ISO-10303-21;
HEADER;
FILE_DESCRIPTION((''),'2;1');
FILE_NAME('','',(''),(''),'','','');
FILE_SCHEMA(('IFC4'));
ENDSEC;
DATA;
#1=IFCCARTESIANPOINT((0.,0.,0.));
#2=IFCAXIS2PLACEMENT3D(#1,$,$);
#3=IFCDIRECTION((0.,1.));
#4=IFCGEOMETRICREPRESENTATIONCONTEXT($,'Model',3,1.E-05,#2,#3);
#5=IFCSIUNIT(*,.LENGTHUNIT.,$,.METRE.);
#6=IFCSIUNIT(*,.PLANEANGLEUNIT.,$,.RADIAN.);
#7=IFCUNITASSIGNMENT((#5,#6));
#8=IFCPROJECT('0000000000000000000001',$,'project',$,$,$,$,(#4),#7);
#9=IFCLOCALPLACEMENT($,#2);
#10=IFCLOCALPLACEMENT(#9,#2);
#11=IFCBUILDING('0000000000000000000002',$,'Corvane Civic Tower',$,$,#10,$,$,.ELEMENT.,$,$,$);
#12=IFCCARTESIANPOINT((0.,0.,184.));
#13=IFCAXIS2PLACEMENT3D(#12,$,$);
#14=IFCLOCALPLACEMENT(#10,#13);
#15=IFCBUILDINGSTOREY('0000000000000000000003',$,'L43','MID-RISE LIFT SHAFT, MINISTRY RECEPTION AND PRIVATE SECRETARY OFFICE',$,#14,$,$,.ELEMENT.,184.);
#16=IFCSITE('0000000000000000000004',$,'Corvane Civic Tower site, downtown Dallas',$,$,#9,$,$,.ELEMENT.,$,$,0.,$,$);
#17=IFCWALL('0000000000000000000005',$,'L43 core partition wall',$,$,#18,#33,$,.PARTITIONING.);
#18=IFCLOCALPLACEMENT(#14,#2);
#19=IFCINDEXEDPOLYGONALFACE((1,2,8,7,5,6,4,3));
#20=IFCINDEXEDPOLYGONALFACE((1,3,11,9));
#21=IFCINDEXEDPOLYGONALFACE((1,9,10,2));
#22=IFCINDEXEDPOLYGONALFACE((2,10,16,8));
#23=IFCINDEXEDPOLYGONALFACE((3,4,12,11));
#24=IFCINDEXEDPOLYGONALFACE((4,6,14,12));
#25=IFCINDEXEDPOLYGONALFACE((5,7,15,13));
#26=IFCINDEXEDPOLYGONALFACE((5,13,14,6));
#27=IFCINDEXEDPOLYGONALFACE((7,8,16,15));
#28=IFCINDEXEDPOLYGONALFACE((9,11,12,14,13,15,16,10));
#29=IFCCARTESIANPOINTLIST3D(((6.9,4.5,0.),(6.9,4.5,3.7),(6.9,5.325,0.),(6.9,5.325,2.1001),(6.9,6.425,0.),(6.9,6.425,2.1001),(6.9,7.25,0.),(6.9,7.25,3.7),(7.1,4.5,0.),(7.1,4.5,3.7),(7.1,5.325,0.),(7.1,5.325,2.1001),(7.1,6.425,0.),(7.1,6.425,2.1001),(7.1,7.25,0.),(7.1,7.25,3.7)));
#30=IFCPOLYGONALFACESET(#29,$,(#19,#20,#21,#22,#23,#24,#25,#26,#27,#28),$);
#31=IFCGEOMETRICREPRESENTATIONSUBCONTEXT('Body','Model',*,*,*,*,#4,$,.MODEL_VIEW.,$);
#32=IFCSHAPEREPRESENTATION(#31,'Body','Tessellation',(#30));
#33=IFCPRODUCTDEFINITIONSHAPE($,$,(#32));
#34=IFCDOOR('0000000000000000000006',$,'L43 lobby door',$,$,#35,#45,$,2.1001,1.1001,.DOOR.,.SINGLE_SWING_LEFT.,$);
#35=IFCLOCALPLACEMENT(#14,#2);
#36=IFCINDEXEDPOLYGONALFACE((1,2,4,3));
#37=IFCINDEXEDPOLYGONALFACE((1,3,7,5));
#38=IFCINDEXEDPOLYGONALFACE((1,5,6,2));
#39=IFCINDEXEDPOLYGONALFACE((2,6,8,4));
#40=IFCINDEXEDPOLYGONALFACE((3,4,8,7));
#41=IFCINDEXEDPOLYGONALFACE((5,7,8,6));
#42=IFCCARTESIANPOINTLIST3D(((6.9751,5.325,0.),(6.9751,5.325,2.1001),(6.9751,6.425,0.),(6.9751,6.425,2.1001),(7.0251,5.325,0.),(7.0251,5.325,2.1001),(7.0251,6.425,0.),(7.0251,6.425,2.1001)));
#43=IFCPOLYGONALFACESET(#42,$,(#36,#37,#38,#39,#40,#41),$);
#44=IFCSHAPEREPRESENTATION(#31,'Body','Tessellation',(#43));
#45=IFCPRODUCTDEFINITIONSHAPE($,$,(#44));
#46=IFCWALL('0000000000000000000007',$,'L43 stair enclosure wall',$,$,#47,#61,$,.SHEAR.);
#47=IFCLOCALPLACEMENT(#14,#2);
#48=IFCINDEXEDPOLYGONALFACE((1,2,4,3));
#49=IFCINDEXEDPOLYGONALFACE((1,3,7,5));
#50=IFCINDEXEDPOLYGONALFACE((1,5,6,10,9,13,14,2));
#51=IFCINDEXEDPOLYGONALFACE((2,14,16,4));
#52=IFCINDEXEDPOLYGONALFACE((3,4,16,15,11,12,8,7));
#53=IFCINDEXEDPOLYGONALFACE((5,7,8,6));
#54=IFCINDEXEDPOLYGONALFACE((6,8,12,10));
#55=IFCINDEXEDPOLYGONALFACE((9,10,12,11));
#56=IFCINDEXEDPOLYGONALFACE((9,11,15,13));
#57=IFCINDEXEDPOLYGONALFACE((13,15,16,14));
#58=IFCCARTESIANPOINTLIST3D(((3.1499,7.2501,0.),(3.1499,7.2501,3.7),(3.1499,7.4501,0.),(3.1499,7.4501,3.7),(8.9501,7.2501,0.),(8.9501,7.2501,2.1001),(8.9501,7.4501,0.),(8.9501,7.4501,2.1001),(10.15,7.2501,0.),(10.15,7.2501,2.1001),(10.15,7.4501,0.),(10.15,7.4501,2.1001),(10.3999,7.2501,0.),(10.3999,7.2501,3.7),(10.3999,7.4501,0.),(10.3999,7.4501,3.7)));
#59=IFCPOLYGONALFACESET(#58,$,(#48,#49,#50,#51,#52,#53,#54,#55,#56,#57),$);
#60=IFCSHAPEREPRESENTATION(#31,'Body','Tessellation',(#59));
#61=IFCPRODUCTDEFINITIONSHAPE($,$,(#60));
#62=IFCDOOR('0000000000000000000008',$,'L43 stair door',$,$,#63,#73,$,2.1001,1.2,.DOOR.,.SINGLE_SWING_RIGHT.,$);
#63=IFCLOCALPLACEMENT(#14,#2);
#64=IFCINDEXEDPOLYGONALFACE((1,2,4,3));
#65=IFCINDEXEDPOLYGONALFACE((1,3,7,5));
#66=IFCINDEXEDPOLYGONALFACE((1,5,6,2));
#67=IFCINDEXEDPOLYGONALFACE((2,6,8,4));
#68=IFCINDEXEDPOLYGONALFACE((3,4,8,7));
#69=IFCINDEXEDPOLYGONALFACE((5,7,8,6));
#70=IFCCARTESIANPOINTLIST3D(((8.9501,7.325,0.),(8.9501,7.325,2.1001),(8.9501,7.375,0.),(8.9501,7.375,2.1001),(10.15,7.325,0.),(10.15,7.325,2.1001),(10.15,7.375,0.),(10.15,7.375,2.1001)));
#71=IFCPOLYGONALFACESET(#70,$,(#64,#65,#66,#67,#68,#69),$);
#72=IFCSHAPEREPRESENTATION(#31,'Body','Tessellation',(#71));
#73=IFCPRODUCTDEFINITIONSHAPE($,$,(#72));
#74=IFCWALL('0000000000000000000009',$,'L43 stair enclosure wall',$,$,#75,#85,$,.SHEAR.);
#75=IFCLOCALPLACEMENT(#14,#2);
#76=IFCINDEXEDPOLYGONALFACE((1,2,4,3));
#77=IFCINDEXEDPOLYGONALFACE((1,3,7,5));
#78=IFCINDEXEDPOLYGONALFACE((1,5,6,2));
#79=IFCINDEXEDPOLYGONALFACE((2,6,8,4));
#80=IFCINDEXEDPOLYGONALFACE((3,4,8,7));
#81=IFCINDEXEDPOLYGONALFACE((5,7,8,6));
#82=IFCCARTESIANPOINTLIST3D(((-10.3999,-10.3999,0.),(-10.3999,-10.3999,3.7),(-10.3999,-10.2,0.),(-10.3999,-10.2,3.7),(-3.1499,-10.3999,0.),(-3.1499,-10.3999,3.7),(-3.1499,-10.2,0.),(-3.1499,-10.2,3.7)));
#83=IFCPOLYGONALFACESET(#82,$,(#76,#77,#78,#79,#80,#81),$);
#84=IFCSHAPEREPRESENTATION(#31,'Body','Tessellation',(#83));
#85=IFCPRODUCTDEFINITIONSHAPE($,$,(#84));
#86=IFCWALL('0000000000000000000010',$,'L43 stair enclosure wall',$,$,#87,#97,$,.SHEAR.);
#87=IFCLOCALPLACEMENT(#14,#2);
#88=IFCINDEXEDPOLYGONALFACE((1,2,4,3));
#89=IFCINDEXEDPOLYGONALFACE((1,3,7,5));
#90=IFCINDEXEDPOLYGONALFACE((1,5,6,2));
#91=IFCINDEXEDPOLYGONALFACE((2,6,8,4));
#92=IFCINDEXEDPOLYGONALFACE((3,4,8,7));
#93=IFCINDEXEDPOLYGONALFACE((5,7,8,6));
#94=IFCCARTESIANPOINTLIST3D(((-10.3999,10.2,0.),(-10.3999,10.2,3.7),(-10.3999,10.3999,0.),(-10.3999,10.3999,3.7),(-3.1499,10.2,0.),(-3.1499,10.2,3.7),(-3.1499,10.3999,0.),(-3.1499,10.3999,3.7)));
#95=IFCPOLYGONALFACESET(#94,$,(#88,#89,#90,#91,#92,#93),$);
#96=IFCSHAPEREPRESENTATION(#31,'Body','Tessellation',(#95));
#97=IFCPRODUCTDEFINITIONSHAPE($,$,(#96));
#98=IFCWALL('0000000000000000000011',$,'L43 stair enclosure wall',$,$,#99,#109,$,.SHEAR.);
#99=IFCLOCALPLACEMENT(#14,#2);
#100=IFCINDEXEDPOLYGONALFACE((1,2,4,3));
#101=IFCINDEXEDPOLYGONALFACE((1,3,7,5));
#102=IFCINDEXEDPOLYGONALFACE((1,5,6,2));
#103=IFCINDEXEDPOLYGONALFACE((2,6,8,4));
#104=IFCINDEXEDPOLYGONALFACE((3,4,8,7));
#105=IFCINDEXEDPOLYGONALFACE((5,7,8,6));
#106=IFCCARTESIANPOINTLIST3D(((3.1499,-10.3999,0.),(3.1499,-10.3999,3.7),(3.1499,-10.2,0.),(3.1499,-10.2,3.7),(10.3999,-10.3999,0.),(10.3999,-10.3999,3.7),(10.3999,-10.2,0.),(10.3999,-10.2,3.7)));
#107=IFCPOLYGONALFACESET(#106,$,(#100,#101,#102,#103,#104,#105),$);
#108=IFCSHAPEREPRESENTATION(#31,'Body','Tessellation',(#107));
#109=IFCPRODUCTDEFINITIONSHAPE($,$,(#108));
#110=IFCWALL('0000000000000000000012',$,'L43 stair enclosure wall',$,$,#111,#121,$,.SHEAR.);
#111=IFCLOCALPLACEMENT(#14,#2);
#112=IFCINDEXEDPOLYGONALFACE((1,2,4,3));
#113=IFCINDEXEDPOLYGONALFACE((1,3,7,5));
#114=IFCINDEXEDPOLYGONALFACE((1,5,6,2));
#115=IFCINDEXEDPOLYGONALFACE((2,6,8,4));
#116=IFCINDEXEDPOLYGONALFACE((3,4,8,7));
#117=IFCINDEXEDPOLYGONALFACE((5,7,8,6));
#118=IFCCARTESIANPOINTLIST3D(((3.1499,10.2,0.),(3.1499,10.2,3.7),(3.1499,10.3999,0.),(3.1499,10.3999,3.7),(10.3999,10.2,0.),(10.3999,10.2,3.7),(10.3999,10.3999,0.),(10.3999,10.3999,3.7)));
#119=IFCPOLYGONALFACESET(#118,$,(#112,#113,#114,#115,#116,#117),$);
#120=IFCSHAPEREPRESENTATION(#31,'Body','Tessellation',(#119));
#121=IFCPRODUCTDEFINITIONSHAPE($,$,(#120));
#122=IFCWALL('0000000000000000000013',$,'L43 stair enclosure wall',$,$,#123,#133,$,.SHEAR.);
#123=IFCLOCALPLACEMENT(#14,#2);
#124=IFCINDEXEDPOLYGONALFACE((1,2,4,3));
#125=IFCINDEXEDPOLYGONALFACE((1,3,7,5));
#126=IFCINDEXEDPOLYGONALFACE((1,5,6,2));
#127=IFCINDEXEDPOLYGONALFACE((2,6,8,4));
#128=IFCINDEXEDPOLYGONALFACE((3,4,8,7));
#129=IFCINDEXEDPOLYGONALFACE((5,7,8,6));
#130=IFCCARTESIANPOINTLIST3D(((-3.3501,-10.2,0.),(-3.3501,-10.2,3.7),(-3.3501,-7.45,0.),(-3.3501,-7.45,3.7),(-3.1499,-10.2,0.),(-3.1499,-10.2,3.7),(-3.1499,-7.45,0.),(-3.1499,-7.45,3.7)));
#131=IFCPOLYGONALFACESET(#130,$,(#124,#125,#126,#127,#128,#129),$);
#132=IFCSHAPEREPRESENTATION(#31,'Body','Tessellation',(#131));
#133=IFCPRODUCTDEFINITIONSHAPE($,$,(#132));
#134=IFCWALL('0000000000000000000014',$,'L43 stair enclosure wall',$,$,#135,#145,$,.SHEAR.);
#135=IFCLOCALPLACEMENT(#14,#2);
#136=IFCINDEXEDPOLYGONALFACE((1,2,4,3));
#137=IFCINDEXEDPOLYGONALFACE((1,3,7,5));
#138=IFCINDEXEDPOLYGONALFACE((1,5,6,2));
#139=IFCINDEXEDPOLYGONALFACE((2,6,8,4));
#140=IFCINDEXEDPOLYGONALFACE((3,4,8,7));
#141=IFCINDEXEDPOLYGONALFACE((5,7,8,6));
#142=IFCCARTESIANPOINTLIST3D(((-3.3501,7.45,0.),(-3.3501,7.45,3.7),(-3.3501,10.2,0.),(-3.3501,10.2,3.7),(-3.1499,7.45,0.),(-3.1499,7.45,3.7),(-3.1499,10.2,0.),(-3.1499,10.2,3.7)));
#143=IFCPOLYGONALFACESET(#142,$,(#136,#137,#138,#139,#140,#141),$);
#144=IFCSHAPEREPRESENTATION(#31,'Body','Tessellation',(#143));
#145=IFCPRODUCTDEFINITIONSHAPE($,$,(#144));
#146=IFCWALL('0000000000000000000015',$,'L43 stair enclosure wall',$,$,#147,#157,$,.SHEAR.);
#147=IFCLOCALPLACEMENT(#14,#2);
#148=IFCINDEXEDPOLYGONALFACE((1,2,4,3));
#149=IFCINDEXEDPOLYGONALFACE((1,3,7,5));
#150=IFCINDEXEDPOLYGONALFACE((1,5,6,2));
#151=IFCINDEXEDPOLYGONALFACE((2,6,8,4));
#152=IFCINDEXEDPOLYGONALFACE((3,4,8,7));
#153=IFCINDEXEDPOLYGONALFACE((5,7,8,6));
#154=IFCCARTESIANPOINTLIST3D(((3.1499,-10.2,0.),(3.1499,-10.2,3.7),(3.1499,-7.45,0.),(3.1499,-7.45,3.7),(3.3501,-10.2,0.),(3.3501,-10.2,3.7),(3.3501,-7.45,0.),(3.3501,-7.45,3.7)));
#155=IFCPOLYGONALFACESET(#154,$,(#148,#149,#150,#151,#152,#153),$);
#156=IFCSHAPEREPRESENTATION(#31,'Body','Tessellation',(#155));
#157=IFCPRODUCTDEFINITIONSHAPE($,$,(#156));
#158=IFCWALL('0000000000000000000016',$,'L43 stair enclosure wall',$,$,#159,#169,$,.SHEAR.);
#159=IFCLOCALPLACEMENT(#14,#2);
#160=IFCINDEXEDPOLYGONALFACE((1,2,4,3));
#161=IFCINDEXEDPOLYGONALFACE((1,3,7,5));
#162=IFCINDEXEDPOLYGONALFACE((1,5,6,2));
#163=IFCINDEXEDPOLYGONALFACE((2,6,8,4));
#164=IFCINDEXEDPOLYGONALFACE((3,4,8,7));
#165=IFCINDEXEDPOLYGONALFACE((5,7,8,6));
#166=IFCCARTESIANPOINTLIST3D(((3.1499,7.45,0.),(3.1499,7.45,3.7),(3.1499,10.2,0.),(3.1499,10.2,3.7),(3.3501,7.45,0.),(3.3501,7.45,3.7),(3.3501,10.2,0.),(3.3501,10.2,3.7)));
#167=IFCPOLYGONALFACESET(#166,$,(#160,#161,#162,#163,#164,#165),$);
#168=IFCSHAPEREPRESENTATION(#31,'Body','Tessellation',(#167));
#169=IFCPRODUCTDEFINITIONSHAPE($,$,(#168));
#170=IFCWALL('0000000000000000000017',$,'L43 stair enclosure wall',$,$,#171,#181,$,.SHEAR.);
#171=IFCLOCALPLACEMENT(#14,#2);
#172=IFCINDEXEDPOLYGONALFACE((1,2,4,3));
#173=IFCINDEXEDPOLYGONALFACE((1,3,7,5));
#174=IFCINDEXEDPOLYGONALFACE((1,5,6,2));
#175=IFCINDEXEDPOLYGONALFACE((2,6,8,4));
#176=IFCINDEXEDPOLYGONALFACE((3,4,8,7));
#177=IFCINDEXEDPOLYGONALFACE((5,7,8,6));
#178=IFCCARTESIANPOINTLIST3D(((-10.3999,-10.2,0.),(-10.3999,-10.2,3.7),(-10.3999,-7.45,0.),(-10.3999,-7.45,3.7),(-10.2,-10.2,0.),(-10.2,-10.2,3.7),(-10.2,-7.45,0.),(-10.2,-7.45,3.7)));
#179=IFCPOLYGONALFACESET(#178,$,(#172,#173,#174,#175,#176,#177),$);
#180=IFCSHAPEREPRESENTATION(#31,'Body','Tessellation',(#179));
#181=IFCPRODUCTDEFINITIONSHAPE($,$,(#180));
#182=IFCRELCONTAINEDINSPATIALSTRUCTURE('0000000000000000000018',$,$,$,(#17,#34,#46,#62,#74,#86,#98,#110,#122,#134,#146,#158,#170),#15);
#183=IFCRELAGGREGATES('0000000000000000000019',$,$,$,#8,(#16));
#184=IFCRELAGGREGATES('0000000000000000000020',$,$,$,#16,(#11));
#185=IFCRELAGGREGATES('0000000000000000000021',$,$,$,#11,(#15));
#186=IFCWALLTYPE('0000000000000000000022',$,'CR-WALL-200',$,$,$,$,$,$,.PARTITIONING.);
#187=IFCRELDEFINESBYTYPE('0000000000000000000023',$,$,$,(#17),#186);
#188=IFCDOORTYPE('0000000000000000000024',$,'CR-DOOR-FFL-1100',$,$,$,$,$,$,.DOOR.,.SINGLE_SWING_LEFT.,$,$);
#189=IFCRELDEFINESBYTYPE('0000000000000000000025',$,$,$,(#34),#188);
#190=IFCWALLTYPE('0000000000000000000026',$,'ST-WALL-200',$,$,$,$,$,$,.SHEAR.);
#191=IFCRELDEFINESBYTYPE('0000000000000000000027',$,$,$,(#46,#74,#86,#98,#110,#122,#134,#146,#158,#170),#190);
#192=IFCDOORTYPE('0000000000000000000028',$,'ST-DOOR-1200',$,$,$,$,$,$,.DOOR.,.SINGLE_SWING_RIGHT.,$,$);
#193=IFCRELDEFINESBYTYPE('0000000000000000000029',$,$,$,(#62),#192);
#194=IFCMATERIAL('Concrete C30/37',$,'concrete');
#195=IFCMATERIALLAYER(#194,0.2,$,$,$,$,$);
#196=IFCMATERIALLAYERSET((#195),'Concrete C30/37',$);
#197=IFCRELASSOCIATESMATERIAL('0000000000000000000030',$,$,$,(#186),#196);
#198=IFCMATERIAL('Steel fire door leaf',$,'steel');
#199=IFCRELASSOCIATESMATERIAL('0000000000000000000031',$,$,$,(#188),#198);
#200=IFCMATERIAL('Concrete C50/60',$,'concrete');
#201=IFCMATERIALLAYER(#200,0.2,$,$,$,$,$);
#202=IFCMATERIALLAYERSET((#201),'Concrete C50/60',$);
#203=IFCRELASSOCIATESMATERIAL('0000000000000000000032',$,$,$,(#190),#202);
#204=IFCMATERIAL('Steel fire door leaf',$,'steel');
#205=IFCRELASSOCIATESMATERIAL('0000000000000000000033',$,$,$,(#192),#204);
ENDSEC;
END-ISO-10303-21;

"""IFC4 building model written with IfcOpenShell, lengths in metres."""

from ifc_helpers import new_model, si_unit, direction, frame, frame_2d, origin, place, context, subcontext, project, spatial, polyline, rectangle, outline, extrude, material, layer, layer_set, type_object, element, fill, save


model = new_model("IFC4")

# Units and contexts
model_context = context("Model", 3, precision=1e-05, world=origin(), true_north=direction((0.0, 1.0)))
body_context = subcontext(model_context, "Body", "Model", "MODEL_VIEW")
ifc_project = project(units=[si_unit("LENGTHUNIT", "METRE"), si_unit("PLANEANGLEUNIT", "RADIAN")], contexts=[model_context])

# Site, building, storey
site_placement = place(None, origin())
site = spatial("IfcSite", under=ifc_project, at=site_placement, Name="Corvane Civic Tower site, downtown Dallas", CompositionType="ELEMENT", RefElevation=0.0)
building_placement = place(site_placement, origin())
building = spatial("IfcBuilding", under=site, at=building_placement, Name="Corvane Civic Tower", CompositionType="ELEMENT")
storey_placement = place(building_placement, frame((0.0, 0.0, 184.0)))
storey = spatial("IfcBuildingStorey", under=building, at=storey_placement, Name="L43", Description="MID-RISE LIFT SHAFT, MINISTRY RECEPTION AND PRIVATE SECRETARY OFFICE", CompositionType="ELEMENT", Elevation=184.0)

# Walls, openings, doors
ifc_material_1 = material(Name="Concrete C30/37", Category="concrete")
ifc_layer_1 = layer(ifc_material_1, 0.2)
ifc_layer_set_1 = layer_set([ifc_layer_1], Name="Concrete C30/37")
wall_type_1 = type_object("IfcWallType", Name="CR-WALL-200", PredefinedType="PARTITIONING", material=ifc_layer_set_1)
wall_1_placement = place(storey_placement, frame((7.0, 4.5, 0.0), z_axis=(0.0, 0.0, 1.0), x_axis=(0.0, 1.0, 0.0)))
wall_1 = element("IfcWall", 1, at=wall_1_placement, inside=storey, type_object=wall_type_1, Name="L43 core partition wall", PredefinedType="PARTITIONING", context=body_context, shape_type="SweptSolid", body=[
    extrude(rectangle(XDim=2.75, YDim=0.2, at=frame_2d((1.375, 0.0))), origin(), (0.0, 0.0, 1.0), 3.7),
])
opening_1_placement = place(wall_1_placement, frame((0.825, 0.0, 0.0)))
opening_1 = element("IfcOpeningElement", 2, at=opening_1_placement, cuts=wall_1, PredefinedType="OPENING", context=body_context, shape_type="SweptSolid", body=[
    extrude(rectangle(XDim=1.1001, YDim=2.1001, at=frame_2d((0.55, 1.05))), frame((0.0, 0.1099, 0.0), z_axis=(0.0, -1.0, 0.0), x_axis=(1.0, 0.0, 0.0)), (0.0, 0.0, 1.0), 0.22),
])
ifc_material_2 = material(Name="Steel fire door leaf", Category="steel")
door_type_1 = type_object("IfcDoorType", Name="CR-DOOR-FFL-1100", OperationType="SINGLE_SWING_LEFT", PredefinedType="DOOR", material=ifc_material_2)
door_1_placement = place(opening_1_placement, origin())
door_1 = element("IfcDoor", 3, at=door_1_placement, inside=storey, type_object=door_type_1, Name="L43 lobby door", OperationType="SINGLE_SWING_LEFT", OverallHeight=2.1001, OverallWidth=1.1001, PredefinedType="DOOR", context=body_context, shape_type="SweptSolid", body=[
    extrude(rectangle(XDim=1.1001, YDim=2.1001, at=frame_2d((0.55, 1.05))), frame((0.0, 0.0249, 0.0), z_axis=(0.0, -1.0, 0.0), x_axis=(1.0, 0.0, 0.0)), (0.0, 0.0, 1.0), 0.05),
])
fill(opening_1, door_1)
ifc_material_3 = material(Name="Concrete C50/60", Category="concrete")
ifc_layer_2 = layer(ifc_material_3, 0.2)
ifc_layer_set_2 = layer_set([ifc_layer_2], Name="Concrete C50/60")
wall_type_2 = type_object("IfcWallType", Name="ST-WALL-200", PredefinedType="SHEAR", material=ifc_layer_set_2)
wall_2_placement = place(storey_placement, frame((3.1499, 7.3501, 0.0), z_axis=(0.0, 0.0, 1.0), x_axis=(1.0, 0.0, 0.0)))
wall_2 = element("IfcWall", 4, at=wall_2_placement, inside=storey, type_object=wall_type_2, Name="L43 stair enclosure wall", PredefinedType="SHEAR", context=body_context, shape_type="SweptSolid", body=[
    extrude(rectangle(XDim=7.25, YDim=0.2, at=frame_2d((3.625, 0.0))), origin(), (0.0, 0.0, 1.0), 3.7),
])
opening_2_placement = place(wall_2_placement, frame((5.8, 0.0, 0.0)))
opening_2 = element("IfcOpeningElement", 5, at=opening_2_placement, cuts=wall_2, PredefinedType="OPENING", context=body_context, shape_type="SweptSolid", body=[
    extrude(rectangle(XDim=1.2, YDim=2.1001, at=frame_2d((0.6001, 1.05))), frame((0.0, 0.1099, 0.0), z_axis=(0.0, -1.0, 0.0), x_axis=(1.0, 0.0, 0.0)), (0.0, 0.0, 1.0), 0.22),
])
ifc_material_4 = material(Name="Steel fire door leaf", Category="steel")
door_type_2 = type_object("IfcDoorType", Name="ST-DOOR-1200", OperationType="SINGLE_SWING_RIGHT", PredefinedType="DOOR", material=ifc_material_4)
door_2_placement = place(opening_2_placement, origin())
door_2 = element("IfcDoor", 6, at=door_2_placement, inside=storey, type_object=door_type_2, Name="L43 stair door", OperationType="SINGLE_SWING_RIGHT", OverallHeight=2.1001, OverallWidth=1.2, PredefinedType="DOOR", context=body_context, shape_type="SweptSolid", body=[
    extrude(rectangle(XDim=1.2, YDim=2.1001, at=frame_2d((0.6001, 1.05))), frame((0.0, 0.0249, 0.0), z_axis=(0.0, -1.0, 0.0), x_axis=(1.0, 0.0, 0.0)), (0.0, 0.0, 1.0), 0.05),
])
fill(opening_2, door_2)

# Walls
wall_3_placement = place(storey_placement, origin())
element("IfcWall", 7, at=wall_3_placement, inside=storey, type_object=wall_type_2, Name="L43 stair enclosure wall", PredefinedType="SHEAR", context=body_context, shape_type="SweptSolid", body=[
    extrude(outline(polyline([(-3.1499, -10.2), (-3.1499, -10.3999), (-10.3999, -10.3999), (-10.3999, -10.2), (-3.1499, -10.2)])), origin(), (0.0, 0.0, 1.0), 3.7),
])
wall_4_placement = place(storey_placement, origin())
element("IfcWall", 8, at=wall_4_placement, inside=storey, type_object=wall_type_2, Name="L43 stair enclosure wall", PredefinedType="SHEAR", context=body_context, shape_type="SweptSolid", body=[
    extrude(outline(polyline([(-3.1499, 10.2), (-10.3999, 10.2), (-10.3999, 10.3999), (-3.1499, 10.3999), (-3.1499, 10.2)])), origin(), (0.0, 0.0, 1.0), 3.7),
])
wall_5_placement = place(storey_placement, origin())
element("IfcWall", 9, at=wall_5_placement, inside=storey, type_object=wall_type_2, Name="L43 stair enclosure wall", PredefinedType="SHEAR", context=body_context, shape_type="SweptSolid", body=[
    extrude(outline(polyline([(10.3999, -10.3999), (3.1499, -10.3999), (3.1499, -10.2), (10.3999, -10.2), (10.3999, -10.3999)])), origin(), (0.0, 0.0, 1.0), 3.7),
])
wall_6_placement = place(storey_placement, origin())
element("IfcWall", 10, at=wall_6_placement, inside=storey, type_object=wall_type_2, Name="L43 stair enclosure wall", PredefinedType="SHEAR", context=body_context, shape_type="SweptSolid", body=[
    extrude(outline(polyline([(10.3999, 10.2), (3.1499, 10.2), (3.1499, 10.3999), (10.3999, 10.3999), (10.3999, 10.2)])), origin(), (0.0, 0.0, 1.0), 3.7),
])
wall_7_placement = place(storey_placement, origin())
element("IfcWall", 11, at=wall_7_placement, inside=storey, type_object=wall_type_2, Name="L43 stair enclosure wall", PredefinedType="SHEAR", context=body_context, shape_type="SweptSolid", body=[
    extrude(outline(polyline([(-3.1499, -7.45), (-3.1499, -10.2), (-3.3501, -10.2), (-3.3501, -7.45), (-3.1499, -7.45)])), origin(), (0.0, 0.0, 1.0), 3.7),
])
wall_8_placement = place(storey_placement, origin())
element("IfcWall", 12, at=wall_8_placement, inside=storey, type_object=wall_type_2, Name="L43 stair enclosure wall", PredefinedType="SHEAR", context=body_context, shape_type="SweptSolid", body=[
    extrude(outline(polyline([(-3.1499, 7.45), (-3.3501, 7.45), (-3.3501, 10.2), (-3.1499, 10.2), (-3.1499, 7.45)])), origin(), (0.0, 0.0, 1.0), 3.7),
])
wall_9_placement = place(storey_placement, origin())
element("IfcWall", 13, at=wall_9_placement, inside=storey, type_object=wall_type_2, Name="L43 stair enclosure wall", PredefinedType="SHEAR", context=body_context, shape_type="SweptSolid", body=[
    extrude(outline(polyline([(3.3501, -7.45), (3.3501, -10.2), (3.1499, -10.2), (3.1499, -7.45), (3.3501, -7.45)])), origin(), (0.0, 0.0, 1.0), 3.7),
])
wall_10_placement = place(storey_placement, origin())
element("IfcWall", 14, at=wall_10_placement, inside=storey, type_object=wall_type_2, Name="L43 stair enclosure wall", PredefinedType="SHEAR", context=body_context, shape_type="SweptSolid", body=[
    extrude(outline(polyline([(3.3501, 7.45), (3.1499, 7.45), (3.1499, 10.2), (3.3501, 10.2), (3.3501, 7.45)])), origin(), (0.0, 0.0, 1.0), 3.7),
])
wall_11_placement = place(storey_placement, origin())
element("IfcWall", 15, at=wall_11_placement, inside=storey, type_object=wall_type_2, Name="L43 stair enclosure wall", PredefinedType="SHEAR", context=body_context, shape_type="SweptSolid", body=[
    extrude(outline(polyline([(-10.2, -7.45), (-10.2, -10.2), (-10.3999, -10.2), (-10.3999, -7.45), (-10.2, -7.45)])), origin(), (0.0, 0.0, 1.0), 3.7),
])

save(model, "model.ifc")
